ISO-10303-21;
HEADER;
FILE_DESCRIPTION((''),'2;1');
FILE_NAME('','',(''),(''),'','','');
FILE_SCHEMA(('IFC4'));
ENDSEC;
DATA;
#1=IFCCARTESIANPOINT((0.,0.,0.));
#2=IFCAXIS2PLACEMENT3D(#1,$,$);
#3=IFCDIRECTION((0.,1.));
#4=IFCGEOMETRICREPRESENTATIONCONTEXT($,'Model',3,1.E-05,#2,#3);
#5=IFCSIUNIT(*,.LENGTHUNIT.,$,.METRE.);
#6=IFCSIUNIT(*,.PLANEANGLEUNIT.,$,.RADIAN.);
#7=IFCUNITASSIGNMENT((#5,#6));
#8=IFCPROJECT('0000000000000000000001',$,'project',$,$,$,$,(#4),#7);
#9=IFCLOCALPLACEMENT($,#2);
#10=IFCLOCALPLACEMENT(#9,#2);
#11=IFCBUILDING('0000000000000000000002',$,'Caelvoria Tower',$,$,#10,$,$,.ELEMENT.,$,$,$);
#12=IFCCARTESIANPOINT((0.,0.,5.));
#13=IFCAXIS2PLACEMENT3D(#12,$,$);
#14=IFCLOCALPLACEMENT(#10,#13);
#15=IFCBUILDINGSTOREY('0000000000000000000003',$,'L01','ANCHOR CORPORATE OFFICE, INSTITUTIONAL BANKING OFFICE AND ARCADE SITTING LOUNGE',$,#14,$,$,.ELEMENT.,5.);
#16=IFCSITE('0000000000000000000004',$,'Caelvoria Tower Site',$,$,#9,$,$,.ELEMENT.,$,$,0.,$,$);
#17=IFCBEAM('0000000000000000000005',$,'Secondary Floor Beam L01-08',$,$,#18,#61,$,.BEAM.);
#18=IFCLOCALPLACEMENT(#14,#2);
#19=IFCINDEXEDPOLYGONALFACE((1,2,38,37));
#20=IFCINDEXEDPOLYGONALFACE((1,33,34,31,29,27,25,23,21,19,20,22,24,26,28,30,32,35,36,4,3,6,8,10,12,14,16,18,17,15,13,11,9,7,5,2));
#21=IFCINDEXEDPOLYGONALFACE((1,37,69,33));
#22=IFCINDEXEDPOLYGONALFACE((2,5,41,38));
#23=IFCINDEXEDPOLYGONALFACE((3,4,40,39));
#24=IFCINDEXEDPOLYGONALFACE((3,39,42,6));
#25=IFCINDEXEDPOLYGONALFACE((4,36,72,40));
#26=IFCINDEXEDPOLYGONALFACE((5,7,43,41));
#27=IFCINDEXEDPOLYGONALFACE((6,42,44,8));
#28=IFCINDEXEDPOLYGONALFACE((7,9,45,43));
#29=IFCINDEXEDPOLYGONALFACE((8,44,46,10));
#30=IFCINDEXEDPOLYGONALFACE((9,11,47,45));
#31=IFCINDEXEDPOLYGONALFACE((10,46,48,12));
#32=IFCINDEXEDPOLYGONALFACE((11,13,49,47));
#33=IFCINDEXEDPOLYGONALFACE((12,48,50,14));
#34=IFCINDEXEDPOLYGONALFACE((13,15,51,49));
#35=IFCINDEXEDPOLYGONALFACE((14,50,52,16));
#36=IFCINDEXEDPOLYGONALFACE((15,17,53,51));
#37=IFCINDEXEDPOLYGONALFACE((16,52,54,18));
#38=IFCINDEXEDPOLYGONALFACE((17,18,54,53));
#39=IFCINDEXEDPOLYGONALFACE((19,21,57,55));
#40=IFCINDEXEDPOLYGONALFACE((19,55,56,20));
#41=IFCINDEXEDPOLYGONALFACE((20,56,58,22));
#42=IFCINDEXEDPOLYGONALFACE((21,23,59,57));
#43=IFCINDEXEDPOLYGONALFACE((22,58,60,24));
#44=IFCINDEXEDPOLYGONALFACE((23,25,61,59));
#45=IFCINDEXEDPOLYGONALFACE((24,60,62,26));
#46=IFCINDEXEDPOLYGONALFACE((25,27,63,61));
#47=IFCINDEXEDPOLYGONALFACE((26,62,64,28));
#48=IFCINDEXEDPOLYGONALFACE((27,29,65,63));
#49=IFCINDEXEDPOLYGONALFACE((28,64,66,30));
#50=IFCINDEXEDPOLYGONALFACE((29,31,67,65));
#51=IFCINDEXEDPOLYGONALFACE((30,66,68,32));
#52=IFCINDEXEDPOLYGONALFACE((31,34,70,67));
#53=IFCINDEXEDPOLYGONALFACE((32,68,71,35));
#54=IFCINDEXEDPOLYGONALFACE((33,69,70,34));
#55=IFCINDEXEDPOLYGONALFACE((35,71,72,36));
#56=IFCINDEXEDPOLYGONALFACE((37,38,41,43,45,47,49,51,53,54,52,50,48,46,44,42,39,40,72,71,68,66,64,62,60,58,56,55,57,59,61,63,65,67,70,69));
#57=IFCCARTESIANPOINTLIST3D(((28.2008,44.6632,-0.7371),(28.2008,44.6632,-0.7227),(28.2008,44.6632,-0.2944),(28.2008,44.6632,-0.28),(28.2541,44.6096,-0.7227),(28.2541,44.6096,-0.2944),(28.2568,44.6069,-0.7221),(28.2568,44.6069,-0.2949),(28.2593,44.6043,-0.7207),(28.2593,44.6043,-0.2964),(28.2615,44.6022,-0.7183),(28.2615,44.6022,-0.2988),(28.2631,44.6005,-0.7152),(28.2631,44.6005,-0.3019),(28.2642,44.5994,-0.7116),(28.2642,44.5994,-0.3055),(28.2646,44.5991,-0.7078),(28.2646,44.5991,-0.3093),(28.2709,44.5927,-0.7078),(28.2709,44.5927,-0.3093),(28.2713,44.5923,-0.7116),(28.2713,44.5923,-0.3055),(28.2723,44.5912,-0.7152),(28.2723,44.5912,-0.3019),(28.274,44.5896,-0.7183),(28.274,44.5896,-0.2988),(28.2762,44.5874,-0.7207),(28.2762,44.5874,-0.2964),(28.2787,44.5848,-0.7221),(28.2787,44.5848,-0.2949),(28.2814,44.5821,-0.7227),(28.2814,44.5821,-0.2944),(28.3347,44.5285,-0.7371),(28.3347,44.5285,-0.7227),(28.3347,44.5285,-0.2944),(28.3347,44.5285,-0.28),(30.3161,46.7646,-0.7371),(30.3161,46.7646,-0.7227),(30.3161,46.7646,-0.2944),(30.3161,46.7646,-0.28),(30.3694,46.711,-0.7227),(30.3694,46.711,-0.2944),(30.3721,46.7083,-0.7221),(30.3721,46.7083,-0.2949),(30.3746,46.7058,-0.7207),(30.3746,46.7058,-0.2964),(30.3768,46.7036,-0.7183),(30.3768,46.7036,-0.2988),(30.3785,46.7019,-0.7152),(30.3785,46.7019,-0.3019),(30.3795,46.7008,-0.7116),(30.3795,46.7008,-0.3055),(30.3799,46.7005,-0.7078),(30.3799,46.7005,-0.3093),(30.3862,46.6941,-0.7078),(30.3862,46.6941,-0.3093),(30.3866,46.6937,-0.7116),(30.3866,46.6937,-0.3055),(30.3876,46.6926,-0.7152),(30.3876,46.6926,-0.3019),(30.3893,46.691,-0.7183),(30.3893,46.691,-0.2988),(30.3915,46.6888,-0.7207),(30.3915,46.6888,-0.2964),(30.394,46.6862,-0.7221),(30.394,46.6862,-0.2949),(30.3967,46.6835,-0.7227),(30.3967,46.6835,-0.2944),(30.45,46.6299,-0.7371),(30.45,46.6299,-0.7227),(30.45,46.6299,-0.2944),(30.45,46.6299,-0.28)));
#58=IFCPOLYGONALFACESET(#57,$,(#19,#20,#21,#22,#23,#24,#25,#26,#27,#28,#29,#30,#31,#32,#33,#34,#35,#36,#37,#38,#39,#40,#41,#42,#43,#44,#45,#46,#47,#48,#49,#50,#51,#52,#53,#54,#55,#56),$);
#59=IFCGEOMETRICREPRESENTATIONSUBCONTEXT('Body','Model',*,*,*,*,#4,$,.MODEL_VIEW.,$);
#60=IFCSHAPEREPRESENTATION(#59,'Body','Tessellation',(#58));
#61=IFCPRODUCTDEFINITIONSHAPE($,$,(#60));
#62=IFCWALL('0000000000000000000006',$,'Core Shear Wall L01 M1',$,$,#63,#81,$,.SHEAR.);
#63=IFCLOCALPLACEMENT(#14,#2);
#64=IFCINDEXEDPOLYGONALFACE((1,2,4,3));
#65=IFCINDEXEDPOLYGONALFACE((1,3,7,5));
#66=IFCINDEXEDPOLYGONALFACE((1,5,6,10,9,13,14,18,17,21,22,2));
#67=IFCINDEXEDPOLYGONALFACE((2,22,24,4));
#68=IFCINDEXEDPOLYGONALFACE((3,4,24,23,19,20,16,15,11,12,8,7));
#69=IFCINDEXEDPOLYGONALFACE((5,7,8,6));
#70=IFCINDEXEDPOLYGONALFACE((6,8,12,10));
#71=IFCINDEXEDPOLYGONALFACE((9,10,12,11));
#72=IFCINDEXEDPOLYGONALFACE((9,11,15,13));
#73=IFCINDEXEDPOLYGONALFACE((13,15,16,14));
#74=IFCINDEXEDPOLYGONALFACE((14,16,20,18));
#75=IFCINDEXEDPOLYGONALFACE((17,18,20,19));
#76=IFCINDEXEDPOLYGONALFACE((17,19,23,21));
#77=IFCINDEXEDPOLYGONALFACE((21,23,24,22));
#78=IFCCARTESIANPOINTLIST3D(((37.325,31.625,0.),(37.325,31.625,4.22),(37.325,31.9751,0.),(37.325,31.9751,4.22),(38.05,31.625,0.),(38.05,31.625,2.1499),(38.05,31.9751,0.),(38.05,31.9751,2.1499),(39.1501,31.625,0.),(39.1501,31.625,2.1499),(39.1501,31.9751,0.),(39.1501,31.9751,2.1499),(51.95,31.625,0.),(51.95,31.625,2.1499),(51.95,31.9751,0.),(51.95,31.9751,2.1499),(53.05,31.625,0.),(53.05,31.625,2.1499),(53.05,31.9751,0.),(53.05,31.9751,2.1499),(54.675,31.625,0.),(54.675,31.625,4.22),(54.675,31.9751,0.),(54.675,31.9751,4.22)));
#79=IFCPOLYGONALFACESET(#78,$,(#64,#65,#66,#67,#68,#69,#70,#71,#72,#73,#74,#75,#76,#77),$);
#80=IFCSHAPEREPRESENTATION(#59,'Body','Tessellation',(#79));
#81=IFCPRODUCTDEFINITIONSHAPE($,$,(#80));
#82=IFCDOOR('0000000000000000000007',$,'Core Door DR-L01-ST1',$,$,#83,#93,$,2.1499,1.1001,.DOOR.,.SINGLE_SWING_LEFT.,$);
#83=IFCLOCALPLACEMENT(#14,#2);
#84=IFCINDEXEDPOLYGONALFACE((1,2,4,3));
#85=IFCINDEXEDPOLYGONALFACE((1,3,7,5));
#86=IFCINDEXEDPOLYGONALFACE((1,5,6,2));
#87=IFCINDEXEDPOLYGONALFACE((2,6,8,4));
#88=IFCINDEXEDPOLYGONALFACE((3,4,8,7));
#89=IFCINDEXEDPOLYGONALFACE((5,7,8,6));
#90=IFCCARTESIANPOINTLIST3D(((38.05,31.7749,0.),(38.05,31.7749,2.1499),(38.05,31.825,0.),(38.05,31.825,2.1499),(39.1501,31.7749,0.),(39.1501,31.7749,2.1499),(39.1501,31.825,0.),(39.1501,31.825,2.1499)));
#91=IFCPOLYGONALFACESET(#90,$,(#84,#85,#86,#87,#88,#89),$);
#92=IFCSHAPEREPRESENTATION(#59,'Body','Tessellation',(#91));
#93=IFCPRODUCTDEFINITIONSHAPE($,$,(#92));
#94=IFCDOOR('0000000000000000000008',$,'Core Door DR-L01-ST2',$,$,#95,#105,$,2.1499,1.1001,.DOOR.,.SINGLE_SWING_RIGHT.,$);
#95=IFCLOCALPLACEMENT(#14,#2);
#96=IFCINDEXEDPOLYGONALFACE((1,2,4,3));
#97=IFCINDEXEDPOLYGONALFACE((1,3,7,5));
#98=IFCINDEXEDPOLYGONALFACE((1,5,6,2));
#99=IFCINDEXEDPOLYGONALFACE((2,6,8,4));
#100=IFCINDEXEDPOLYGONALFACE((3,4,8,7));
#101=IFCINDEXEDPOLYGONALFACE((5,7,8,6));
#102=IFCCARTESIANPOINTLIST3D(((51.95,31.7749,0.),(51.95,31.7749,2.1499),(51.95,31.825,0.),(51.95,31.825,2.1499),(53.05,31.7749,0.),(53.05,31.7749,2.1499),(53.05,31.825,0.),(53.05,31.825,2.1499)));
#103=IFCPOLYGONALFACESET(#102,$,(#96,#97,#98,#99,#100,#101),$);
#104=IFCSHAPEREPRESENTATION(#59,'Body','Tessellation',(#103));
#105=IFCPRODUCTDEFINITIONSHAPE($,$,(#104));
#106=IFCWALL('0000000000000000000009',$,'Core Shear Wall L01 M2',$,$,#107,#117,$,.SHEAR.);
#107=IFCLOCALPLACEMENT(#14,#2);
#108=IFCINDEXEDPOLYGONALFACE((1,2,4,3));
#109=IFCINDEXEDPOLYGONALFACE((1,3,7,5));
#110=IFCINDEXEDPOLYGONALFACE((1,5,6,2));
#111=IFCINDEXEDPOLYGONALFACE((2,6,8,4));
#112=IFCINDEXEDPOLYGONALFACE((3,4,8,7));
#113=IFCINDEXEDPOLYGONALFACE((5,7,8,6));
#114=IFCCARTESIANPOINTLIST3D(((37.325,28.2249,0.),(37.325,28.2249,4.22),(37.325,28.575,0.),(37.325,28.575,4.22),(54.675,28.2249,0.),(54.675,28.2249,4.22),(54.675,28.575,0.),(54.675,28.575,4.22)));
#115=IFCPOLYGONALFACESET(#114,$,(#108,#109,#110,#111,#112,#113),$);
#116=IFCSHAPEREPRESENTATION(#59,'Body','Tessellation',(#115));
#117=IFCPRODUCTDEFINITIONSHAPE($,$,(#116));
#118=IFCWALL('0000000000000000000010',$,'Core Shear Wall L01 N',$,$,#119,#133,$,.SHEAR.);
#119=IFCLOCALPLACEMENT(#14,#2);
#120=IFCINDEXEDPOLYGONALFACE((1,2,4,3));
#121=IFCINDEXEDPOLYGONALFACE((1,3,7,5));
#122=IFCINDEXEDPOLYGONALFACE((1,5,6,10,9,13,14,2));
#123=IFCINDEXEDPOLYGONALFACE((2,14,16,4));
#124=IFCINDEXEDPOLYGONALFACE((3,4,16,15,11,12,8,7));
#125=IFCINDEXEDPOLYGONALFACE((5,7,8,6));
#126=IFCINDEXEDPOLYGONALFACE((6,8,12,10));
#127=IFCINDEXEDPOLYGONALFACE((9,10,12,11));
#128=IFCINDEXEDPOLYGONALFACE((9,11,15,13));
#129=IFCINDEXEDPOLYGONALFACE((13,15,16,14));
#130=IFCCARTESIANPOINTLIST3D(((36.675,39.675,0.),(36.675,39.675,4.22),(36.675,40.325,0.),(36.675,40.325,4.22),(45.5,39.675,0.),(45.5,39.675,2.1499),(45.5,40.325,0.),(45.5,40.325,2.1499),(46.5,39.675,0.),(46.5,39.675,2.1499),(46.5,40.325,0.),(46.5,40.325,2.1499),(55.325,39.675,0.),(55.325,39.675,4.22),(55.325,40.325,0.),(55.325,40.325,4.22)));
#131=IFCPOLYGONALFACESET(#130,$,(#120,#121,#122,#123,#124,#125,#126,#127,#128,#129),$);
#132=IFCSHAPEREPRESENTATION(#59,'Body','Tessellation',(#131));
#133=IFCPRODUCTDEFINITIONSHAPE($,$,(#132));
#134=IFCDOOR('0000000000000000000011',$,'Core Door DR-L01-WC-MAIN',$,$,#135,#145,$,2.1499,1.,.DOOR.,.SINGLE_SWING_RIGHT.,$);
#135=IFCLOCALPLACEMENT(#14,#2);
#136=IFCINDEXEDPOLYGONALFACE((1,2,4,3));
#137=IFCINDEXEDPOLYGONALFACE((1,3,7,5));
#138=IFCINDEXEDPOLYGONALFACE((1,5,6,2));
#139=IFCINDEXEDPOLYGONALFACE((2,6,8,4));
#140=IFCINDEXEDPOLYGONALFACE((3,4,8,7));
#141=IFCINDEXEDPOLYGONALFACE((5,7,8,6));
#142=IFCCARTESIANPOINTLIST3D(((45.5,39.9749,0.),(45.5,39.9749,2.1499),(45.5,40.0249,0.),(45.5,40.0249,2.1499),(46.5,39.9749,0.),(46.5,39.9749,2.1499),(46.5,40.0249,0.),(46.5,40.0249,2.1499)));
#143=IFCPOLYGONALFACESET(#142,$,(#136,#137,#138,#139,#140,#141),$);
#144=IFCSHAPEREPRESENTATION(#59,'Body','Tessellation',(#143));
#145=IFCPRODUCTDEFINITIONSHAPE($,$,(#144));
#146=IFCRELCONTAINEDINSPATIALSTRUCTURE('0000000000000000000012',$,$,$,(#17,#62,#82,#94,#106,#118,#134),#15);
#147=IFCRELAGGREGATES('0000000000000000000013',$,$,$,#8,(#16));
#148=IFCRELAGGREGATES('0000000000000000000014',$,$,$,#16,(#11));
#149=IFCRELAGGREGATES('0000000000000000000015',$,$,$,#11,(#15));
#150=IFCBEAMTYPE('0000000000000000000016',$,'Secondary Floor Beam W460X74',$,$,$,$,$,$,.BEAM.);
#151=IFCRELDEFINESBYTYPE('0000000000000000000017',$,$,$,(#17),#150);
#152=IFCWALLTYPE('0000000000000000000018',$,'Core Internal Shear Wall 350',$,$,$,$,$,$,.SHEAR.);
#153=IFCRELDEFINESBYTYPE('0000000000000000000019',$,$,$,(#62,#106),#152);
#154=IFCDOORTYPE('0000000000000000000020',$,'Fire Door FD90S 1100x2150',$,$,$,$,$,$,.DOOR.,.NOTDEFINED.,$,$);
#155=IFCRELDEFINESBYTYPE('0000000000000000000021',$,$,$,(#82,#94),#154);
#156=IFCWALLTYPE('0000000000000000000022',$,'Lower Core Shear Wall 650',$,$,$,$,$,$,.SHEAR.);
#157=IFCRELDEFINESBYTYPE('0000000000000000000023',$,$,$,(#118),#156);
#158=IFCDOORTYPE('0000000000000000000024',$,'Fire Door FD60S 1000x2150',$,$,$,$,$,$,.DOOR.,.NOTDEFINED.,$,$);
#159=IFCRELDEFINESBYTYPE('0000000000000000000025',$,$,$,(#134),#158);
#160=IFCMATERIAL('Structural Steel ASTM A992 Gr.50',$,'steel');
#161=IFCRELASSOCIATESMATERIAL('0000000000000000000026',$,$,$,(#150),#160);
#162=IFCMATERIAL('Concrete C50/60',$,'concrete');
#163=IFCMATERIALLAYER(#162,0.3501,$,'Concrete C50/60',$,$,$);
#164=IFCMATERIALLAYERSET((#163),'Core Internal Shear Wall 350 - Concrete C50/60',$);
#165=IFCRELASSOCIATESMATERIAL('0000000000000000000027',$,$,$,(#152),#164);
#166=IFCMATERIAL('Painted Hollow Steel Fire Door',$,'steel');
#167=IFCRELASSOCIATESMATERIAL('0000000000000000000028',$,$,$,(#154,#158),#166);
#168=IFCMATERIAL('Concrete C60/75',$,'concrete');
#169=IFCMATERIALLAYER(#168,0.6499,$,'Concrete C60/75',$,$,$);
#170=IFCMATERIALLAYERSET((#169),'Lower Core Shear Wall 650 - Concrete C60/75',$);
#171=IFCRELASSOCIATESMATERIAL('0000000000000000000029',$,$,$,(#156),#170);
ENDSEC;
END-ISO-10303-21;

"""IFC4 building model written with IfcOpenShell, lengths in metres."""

from ifc_helpers import new_model, si_unit, direction, frame, frame_2d, origin, origin_2d, place, context, subcontext, project, spatial, rectangle, i_section, extrude, material, layer, layer_set, material_profile, profile_set, type_object, element, fill, save


model = new_model("IFC4")

# Units and contexts
model_context = context("Model", 3, precision=1e-05, world=origin(), true_north=direction((0.0, 1.0)))
body_context = subcontext(model_context, "Body", "Model", "MODEL_VIEW")
ifc_project = project(units=[si_unit("LENGTHUNIT", "METRE"), si_unit("PLANEANGLEUNIT", "RADIAN")], contexts=[model_context])

# Site, building, storey
site_placement = place(None, origin())
site = spatial("IfcSite", under=ifc_project, at=site_placement, Name="Caelvoria Tower Site", CompositionType="ELEMENT", RefElevation=0.0)
building_placement = place(site_placement, origin())
building = spatial("IfcBuilding", under=site, at=building_placement, Name="Caelvoria Tower", CompositionType="ELEMENT")
storey_placement = place(building_placement, frame((0.0, 0.0, 5.0)))
storey = spatial("IfcBuildingStorey", under=building, at=storey_placement, Name="L01", Description="ANCHOR CORPORATE OFFICE, INSTITUTIONAL BANKING OFFICE AND ARCADE SITTING LOUNGE", CompositionType="ELEMENT", Elevation=5.0)

# Beam
ifc_material_1 = material(Name="Structural Steel ASTM A992 Gr.50", Category="steel")
ifc_material_profile_1 = material_profile(ifc_material_1, i_section(OverallWidth=0.1899, OverallDepth=0.457, WebThickness=0.009, FlangeThickness=0.0144, FilletRadius=0.0149, at=origin_2d()), Name="Structural Steel ASTM A992 Gr.50")
ifc_profile_set_1 = profile_set([ifc_material_profile_1], Name="W460X74 - Structural Steel ASTM A992 Gr.50")
beam_type_1 = type_object("IfcBeamType", Name="Secondary Floor Beam W460X74", PredefinedType="BEAM", material=ifc_profile_set_1)
beam_1_placement = place(storey_placement, frame((30.3831, 46.6973, -0.5085), z_axis=(-0.709437, -0.704769, 0.0), x_axis=(0.704769, -0.709437, 0.0)))
element("IfcBeam", 1, at=beam_1_placement, inside=storey, type_object=beam_type_1, Name="Secondary Floor Beam L01-08", PredefinedType="BEAM", context=body_context, shape_type="SweptSolid", body=[
    extrude(i_section(OverallWidth=0.1899, OverallDepth=0.457, WebThickness=0.009, FlangeThickness=0.0144, FilletRadius=0.0149, at=origin_2d()), origin(), (0.0, 0.0, 1.0), 2.9817),
])

# Wall, openings, doors
ifc_material_2 = material(Name="Concrete C50/60", Category="concrete")
ifc_layer_1 = layer(ifc_material_2, 0.3501, Name="Concrete C50/60")
ifc_layer_set_1 = layer_set([ifc_layer_1], Name="Core Internal Shear Wall 350 - Concrete C50/60")
wall_type_1 = type_object("IfcWallType", Name="Core Internal Shear Wall 350", PredefinedType="SHEAR", material=ifc_layer_set_1)
wall_1_placement = place(storey_placement, frame((37.325, 31.8, 0.0), z_axis=(0.0, 0.0, 1.0), x_axis=(1.0, 0.0, 0.0)))
wall_1 = element("IfcWall", 2, at=wall_1_placement, inside=storey, type_object=wall_type_1, Name="Core Shear Wall L01 M1", PredefinedType="SHEAR", context=body_context, shape_type="SweptSolid", body=[
    extrude(rectangle(XDim=17.3501, YDim=0.3501, at=frame_2d((8.675, 0.0))), origin(), (0.0, 0.0, 1.0), 4.22),
])
opening_1_placement = place(wall_1_placement, frame((0.7251, 0.0, 0.0)))
opening_1 = element("IfcOpeningElement", 3, at=opening_1_placement, cuts=wall_1, PredefinedType="OPENING", context=body_context, shape_type="SweptSolid", body=[
    extrude(rectangle(XDim=1.1001, YDim=2.1499, at=frame_2d((0.55, 1.075))), frame((0.0, 0.1851, 0.0), z_axis=(0.0, -1.0, 0.0), x_axis=(1.0, 0.0, 0.0)), (0.0, 0.0, 1.0), 0.3701),
])
opening_2_placement = place(wall_1_placement, frame((14.625, 0.0, 0.0)))
opening_2 = element("IfcOpeningElement", 4, at=opening_2_placement, cuts=wall_1, PredefinedType="OPENING", context=body_context, shape_type="SweptSolid", body=[
    extrude(rectangle(XDim=1.1001, YDim=2.1499, at=frame_2d((0.55, 1.075))), frame((0.0, 0.1851, 0.0), z_axis=(0.0, -1.0, 0.0), x_axis=(1.0, 0.0, 0.0)), (0.0, 0.0, 1.0), 0.3701),
])
ifc_material_3 = material(Name="Painted Hollow Steel Fire Door", Category="steel")
door_type_1 = type_object("IfcDoorType", Name="Fire Door FD90S 1100x2150", OperationType="NOTDEFINED", PredefinedType="DOOR", material=ifc_material_3)
door_1_placement = place(opening_1_placement, origin())
door_1 = element("IfcDoor", 5, at=door_1_placement, inside=storey, type_object=door_type_1, Name="Core Door DR-L01-ST1", OperationType="SINGLE_SWING_LEFT", OverallHeight=2.1499, OverallWidth=1.1001, PredefinedType="DOOR", context=body_context, shape_type="SweptSolid", body=[
    extrude(rectangle(XDim=1.1001, YDim=2.1499, at=frame_2d((0.55, 1.075))), frame((0.0, 0.0249, 0.0), z_axis=(0.0, -1.0, 0.0), x_axis=(1.0, 0.0, 0.0)), (0.0, 0.0, 1.0), 0.05),
])
fill(opening_1, door_1)
door_2_placement = place(opening_2_placement, origin())
door_2 = element("IfcDoor", 6, at=door_2_placement, inside=storey, type_object=door_type_1, Name="Core Door DR-L01-ST2", OperationType="SINGLE_SWING_RIGHT", OverallHeight=2.1499, OverallWidth=1.1001, PredefinedType="DOOR", context=body_context, shape_type="SweptSolid", body=[
    extrude(rectangle(XDim=1.1001, YDim=2.1499, at=frame_2d((0.55, 1.075))), frame((0.0, 0.0249, 0.0), z_axis=(0.0, -1.0, 0.0), x_axis=(1.0, 0.0, 0.0)), (0.0, 0.0, 1.0), 0.05),
])
fill(opening_2, door_2)

# Wall
wall_2_placement = place(storey_placement, frame((37.325, 28.3999, 0.0), z_axis=(0.0, 0.0, 1.0), x_axis=(1.0, 0.0, 0.0)))
element("IfcWall", 7, at=wall_2_placement, inside=storey, type_object=wall_type_1, Name="Core Shear Wall L01 M2", PredefinedType="SHEAR", context=body_context, shape_type="SweptSolid", body=[
    extrude(rectangle(XDim=17.3501, YDim=0.3501, at=frame_2d((8.675, 0.0))), origin(), (0.0, 0.0, 1.0), 4.22),
])

# Wall, opening, door
ifc_material_4 = material(Name="Concrete C60/75", Category="concrete")
ifc_layer_2 = layer(ifc_material_4, 0.6499, Name="Concrete C60/75")
ifc_layer_set_2 = layer_set([ifc_layer_2], Name="Lower Core Shear Wall 650 - Concrete C60/75")
wall_type_2 = type_object("IfcWallType", Name="Lower Core Shear Wall 650", PredefinedType="SHEAR", material=ifc_layer_set_2)
wall_3_placement = place(storey_placement, frame((36.675, 40.0, 0.0), z_axis=(0.0, 0.0, 1.0), x_axis=(1.0, 0.0, 0.0)))
wall_3 = element("IfcWall", 8, at=wall_3_placement, inside=storey, type_object=wall_type_2, Name="Core Shear Wall L01 N", PredefinedType="SHEAR", context=body_context, shape_type="SweptSolid", body=[
    extrude(rectangle(XDim=18.6499, YDim=0.6499, at=frame_2d((9.325, 0.0))), origin(), (0.0, 0.0, 1.0), 4.22),
])
opening_3_placement = place(wall_3_placement, frame((8.825, 0.0, 0.0)))
opening_3 = element("IfcOpeningElement", 9, at=opening_3_placement, cuts=wall_3, PredefinedType="OPENING", context=body_context, shape_type="SweptSolid", body=[
    extrude(rectangle(XDim=1.0, YDim=2.1499, at=frame_2d((0.5, 1.075))), frame((0.0, 0.335, 0.0), z_axis=(0.0, -1.0, 0.0), x_axis=(1.0, 0.0, 0.0)), (0.0, 0.0, 1.0), 0.6699),
])
door_type_2 = type_object("IfcDoorType", Name="Fire Door FD60S 1000x2150", OperationType="NOTDEFINED", PredefinedType="DOOR", material=ifc_material_3)
door_3_placement = place(opening_3_placement, origin())
door_3 = element("IfcDoor", 10, at=door_3_placement, inside=storey, type_object=door_type_2, Name="Core Door DR-L01-WC-MAIN", OperationType="SINGLE_SWING_RIGHT", OverallHeight=2.1499, OverallWidth=1.0, PredefinedType="DOOR", context=body_context, shape_type="SweptSolid", body=[
    extrude(rectangle(XDim=1.0, YDim=2.1499, at=frame_2d((0.5, 1.075))), frame((0.0, 0.0249, 0.0), z_axis=(0.0, -1.0, 0.0), x_axis=(1.0, 0.0, 0.0)), (0.0, 0.0, 1.0), 0.05),
])
fill(opening_3, door_3)

save(model, "model.ifc")
